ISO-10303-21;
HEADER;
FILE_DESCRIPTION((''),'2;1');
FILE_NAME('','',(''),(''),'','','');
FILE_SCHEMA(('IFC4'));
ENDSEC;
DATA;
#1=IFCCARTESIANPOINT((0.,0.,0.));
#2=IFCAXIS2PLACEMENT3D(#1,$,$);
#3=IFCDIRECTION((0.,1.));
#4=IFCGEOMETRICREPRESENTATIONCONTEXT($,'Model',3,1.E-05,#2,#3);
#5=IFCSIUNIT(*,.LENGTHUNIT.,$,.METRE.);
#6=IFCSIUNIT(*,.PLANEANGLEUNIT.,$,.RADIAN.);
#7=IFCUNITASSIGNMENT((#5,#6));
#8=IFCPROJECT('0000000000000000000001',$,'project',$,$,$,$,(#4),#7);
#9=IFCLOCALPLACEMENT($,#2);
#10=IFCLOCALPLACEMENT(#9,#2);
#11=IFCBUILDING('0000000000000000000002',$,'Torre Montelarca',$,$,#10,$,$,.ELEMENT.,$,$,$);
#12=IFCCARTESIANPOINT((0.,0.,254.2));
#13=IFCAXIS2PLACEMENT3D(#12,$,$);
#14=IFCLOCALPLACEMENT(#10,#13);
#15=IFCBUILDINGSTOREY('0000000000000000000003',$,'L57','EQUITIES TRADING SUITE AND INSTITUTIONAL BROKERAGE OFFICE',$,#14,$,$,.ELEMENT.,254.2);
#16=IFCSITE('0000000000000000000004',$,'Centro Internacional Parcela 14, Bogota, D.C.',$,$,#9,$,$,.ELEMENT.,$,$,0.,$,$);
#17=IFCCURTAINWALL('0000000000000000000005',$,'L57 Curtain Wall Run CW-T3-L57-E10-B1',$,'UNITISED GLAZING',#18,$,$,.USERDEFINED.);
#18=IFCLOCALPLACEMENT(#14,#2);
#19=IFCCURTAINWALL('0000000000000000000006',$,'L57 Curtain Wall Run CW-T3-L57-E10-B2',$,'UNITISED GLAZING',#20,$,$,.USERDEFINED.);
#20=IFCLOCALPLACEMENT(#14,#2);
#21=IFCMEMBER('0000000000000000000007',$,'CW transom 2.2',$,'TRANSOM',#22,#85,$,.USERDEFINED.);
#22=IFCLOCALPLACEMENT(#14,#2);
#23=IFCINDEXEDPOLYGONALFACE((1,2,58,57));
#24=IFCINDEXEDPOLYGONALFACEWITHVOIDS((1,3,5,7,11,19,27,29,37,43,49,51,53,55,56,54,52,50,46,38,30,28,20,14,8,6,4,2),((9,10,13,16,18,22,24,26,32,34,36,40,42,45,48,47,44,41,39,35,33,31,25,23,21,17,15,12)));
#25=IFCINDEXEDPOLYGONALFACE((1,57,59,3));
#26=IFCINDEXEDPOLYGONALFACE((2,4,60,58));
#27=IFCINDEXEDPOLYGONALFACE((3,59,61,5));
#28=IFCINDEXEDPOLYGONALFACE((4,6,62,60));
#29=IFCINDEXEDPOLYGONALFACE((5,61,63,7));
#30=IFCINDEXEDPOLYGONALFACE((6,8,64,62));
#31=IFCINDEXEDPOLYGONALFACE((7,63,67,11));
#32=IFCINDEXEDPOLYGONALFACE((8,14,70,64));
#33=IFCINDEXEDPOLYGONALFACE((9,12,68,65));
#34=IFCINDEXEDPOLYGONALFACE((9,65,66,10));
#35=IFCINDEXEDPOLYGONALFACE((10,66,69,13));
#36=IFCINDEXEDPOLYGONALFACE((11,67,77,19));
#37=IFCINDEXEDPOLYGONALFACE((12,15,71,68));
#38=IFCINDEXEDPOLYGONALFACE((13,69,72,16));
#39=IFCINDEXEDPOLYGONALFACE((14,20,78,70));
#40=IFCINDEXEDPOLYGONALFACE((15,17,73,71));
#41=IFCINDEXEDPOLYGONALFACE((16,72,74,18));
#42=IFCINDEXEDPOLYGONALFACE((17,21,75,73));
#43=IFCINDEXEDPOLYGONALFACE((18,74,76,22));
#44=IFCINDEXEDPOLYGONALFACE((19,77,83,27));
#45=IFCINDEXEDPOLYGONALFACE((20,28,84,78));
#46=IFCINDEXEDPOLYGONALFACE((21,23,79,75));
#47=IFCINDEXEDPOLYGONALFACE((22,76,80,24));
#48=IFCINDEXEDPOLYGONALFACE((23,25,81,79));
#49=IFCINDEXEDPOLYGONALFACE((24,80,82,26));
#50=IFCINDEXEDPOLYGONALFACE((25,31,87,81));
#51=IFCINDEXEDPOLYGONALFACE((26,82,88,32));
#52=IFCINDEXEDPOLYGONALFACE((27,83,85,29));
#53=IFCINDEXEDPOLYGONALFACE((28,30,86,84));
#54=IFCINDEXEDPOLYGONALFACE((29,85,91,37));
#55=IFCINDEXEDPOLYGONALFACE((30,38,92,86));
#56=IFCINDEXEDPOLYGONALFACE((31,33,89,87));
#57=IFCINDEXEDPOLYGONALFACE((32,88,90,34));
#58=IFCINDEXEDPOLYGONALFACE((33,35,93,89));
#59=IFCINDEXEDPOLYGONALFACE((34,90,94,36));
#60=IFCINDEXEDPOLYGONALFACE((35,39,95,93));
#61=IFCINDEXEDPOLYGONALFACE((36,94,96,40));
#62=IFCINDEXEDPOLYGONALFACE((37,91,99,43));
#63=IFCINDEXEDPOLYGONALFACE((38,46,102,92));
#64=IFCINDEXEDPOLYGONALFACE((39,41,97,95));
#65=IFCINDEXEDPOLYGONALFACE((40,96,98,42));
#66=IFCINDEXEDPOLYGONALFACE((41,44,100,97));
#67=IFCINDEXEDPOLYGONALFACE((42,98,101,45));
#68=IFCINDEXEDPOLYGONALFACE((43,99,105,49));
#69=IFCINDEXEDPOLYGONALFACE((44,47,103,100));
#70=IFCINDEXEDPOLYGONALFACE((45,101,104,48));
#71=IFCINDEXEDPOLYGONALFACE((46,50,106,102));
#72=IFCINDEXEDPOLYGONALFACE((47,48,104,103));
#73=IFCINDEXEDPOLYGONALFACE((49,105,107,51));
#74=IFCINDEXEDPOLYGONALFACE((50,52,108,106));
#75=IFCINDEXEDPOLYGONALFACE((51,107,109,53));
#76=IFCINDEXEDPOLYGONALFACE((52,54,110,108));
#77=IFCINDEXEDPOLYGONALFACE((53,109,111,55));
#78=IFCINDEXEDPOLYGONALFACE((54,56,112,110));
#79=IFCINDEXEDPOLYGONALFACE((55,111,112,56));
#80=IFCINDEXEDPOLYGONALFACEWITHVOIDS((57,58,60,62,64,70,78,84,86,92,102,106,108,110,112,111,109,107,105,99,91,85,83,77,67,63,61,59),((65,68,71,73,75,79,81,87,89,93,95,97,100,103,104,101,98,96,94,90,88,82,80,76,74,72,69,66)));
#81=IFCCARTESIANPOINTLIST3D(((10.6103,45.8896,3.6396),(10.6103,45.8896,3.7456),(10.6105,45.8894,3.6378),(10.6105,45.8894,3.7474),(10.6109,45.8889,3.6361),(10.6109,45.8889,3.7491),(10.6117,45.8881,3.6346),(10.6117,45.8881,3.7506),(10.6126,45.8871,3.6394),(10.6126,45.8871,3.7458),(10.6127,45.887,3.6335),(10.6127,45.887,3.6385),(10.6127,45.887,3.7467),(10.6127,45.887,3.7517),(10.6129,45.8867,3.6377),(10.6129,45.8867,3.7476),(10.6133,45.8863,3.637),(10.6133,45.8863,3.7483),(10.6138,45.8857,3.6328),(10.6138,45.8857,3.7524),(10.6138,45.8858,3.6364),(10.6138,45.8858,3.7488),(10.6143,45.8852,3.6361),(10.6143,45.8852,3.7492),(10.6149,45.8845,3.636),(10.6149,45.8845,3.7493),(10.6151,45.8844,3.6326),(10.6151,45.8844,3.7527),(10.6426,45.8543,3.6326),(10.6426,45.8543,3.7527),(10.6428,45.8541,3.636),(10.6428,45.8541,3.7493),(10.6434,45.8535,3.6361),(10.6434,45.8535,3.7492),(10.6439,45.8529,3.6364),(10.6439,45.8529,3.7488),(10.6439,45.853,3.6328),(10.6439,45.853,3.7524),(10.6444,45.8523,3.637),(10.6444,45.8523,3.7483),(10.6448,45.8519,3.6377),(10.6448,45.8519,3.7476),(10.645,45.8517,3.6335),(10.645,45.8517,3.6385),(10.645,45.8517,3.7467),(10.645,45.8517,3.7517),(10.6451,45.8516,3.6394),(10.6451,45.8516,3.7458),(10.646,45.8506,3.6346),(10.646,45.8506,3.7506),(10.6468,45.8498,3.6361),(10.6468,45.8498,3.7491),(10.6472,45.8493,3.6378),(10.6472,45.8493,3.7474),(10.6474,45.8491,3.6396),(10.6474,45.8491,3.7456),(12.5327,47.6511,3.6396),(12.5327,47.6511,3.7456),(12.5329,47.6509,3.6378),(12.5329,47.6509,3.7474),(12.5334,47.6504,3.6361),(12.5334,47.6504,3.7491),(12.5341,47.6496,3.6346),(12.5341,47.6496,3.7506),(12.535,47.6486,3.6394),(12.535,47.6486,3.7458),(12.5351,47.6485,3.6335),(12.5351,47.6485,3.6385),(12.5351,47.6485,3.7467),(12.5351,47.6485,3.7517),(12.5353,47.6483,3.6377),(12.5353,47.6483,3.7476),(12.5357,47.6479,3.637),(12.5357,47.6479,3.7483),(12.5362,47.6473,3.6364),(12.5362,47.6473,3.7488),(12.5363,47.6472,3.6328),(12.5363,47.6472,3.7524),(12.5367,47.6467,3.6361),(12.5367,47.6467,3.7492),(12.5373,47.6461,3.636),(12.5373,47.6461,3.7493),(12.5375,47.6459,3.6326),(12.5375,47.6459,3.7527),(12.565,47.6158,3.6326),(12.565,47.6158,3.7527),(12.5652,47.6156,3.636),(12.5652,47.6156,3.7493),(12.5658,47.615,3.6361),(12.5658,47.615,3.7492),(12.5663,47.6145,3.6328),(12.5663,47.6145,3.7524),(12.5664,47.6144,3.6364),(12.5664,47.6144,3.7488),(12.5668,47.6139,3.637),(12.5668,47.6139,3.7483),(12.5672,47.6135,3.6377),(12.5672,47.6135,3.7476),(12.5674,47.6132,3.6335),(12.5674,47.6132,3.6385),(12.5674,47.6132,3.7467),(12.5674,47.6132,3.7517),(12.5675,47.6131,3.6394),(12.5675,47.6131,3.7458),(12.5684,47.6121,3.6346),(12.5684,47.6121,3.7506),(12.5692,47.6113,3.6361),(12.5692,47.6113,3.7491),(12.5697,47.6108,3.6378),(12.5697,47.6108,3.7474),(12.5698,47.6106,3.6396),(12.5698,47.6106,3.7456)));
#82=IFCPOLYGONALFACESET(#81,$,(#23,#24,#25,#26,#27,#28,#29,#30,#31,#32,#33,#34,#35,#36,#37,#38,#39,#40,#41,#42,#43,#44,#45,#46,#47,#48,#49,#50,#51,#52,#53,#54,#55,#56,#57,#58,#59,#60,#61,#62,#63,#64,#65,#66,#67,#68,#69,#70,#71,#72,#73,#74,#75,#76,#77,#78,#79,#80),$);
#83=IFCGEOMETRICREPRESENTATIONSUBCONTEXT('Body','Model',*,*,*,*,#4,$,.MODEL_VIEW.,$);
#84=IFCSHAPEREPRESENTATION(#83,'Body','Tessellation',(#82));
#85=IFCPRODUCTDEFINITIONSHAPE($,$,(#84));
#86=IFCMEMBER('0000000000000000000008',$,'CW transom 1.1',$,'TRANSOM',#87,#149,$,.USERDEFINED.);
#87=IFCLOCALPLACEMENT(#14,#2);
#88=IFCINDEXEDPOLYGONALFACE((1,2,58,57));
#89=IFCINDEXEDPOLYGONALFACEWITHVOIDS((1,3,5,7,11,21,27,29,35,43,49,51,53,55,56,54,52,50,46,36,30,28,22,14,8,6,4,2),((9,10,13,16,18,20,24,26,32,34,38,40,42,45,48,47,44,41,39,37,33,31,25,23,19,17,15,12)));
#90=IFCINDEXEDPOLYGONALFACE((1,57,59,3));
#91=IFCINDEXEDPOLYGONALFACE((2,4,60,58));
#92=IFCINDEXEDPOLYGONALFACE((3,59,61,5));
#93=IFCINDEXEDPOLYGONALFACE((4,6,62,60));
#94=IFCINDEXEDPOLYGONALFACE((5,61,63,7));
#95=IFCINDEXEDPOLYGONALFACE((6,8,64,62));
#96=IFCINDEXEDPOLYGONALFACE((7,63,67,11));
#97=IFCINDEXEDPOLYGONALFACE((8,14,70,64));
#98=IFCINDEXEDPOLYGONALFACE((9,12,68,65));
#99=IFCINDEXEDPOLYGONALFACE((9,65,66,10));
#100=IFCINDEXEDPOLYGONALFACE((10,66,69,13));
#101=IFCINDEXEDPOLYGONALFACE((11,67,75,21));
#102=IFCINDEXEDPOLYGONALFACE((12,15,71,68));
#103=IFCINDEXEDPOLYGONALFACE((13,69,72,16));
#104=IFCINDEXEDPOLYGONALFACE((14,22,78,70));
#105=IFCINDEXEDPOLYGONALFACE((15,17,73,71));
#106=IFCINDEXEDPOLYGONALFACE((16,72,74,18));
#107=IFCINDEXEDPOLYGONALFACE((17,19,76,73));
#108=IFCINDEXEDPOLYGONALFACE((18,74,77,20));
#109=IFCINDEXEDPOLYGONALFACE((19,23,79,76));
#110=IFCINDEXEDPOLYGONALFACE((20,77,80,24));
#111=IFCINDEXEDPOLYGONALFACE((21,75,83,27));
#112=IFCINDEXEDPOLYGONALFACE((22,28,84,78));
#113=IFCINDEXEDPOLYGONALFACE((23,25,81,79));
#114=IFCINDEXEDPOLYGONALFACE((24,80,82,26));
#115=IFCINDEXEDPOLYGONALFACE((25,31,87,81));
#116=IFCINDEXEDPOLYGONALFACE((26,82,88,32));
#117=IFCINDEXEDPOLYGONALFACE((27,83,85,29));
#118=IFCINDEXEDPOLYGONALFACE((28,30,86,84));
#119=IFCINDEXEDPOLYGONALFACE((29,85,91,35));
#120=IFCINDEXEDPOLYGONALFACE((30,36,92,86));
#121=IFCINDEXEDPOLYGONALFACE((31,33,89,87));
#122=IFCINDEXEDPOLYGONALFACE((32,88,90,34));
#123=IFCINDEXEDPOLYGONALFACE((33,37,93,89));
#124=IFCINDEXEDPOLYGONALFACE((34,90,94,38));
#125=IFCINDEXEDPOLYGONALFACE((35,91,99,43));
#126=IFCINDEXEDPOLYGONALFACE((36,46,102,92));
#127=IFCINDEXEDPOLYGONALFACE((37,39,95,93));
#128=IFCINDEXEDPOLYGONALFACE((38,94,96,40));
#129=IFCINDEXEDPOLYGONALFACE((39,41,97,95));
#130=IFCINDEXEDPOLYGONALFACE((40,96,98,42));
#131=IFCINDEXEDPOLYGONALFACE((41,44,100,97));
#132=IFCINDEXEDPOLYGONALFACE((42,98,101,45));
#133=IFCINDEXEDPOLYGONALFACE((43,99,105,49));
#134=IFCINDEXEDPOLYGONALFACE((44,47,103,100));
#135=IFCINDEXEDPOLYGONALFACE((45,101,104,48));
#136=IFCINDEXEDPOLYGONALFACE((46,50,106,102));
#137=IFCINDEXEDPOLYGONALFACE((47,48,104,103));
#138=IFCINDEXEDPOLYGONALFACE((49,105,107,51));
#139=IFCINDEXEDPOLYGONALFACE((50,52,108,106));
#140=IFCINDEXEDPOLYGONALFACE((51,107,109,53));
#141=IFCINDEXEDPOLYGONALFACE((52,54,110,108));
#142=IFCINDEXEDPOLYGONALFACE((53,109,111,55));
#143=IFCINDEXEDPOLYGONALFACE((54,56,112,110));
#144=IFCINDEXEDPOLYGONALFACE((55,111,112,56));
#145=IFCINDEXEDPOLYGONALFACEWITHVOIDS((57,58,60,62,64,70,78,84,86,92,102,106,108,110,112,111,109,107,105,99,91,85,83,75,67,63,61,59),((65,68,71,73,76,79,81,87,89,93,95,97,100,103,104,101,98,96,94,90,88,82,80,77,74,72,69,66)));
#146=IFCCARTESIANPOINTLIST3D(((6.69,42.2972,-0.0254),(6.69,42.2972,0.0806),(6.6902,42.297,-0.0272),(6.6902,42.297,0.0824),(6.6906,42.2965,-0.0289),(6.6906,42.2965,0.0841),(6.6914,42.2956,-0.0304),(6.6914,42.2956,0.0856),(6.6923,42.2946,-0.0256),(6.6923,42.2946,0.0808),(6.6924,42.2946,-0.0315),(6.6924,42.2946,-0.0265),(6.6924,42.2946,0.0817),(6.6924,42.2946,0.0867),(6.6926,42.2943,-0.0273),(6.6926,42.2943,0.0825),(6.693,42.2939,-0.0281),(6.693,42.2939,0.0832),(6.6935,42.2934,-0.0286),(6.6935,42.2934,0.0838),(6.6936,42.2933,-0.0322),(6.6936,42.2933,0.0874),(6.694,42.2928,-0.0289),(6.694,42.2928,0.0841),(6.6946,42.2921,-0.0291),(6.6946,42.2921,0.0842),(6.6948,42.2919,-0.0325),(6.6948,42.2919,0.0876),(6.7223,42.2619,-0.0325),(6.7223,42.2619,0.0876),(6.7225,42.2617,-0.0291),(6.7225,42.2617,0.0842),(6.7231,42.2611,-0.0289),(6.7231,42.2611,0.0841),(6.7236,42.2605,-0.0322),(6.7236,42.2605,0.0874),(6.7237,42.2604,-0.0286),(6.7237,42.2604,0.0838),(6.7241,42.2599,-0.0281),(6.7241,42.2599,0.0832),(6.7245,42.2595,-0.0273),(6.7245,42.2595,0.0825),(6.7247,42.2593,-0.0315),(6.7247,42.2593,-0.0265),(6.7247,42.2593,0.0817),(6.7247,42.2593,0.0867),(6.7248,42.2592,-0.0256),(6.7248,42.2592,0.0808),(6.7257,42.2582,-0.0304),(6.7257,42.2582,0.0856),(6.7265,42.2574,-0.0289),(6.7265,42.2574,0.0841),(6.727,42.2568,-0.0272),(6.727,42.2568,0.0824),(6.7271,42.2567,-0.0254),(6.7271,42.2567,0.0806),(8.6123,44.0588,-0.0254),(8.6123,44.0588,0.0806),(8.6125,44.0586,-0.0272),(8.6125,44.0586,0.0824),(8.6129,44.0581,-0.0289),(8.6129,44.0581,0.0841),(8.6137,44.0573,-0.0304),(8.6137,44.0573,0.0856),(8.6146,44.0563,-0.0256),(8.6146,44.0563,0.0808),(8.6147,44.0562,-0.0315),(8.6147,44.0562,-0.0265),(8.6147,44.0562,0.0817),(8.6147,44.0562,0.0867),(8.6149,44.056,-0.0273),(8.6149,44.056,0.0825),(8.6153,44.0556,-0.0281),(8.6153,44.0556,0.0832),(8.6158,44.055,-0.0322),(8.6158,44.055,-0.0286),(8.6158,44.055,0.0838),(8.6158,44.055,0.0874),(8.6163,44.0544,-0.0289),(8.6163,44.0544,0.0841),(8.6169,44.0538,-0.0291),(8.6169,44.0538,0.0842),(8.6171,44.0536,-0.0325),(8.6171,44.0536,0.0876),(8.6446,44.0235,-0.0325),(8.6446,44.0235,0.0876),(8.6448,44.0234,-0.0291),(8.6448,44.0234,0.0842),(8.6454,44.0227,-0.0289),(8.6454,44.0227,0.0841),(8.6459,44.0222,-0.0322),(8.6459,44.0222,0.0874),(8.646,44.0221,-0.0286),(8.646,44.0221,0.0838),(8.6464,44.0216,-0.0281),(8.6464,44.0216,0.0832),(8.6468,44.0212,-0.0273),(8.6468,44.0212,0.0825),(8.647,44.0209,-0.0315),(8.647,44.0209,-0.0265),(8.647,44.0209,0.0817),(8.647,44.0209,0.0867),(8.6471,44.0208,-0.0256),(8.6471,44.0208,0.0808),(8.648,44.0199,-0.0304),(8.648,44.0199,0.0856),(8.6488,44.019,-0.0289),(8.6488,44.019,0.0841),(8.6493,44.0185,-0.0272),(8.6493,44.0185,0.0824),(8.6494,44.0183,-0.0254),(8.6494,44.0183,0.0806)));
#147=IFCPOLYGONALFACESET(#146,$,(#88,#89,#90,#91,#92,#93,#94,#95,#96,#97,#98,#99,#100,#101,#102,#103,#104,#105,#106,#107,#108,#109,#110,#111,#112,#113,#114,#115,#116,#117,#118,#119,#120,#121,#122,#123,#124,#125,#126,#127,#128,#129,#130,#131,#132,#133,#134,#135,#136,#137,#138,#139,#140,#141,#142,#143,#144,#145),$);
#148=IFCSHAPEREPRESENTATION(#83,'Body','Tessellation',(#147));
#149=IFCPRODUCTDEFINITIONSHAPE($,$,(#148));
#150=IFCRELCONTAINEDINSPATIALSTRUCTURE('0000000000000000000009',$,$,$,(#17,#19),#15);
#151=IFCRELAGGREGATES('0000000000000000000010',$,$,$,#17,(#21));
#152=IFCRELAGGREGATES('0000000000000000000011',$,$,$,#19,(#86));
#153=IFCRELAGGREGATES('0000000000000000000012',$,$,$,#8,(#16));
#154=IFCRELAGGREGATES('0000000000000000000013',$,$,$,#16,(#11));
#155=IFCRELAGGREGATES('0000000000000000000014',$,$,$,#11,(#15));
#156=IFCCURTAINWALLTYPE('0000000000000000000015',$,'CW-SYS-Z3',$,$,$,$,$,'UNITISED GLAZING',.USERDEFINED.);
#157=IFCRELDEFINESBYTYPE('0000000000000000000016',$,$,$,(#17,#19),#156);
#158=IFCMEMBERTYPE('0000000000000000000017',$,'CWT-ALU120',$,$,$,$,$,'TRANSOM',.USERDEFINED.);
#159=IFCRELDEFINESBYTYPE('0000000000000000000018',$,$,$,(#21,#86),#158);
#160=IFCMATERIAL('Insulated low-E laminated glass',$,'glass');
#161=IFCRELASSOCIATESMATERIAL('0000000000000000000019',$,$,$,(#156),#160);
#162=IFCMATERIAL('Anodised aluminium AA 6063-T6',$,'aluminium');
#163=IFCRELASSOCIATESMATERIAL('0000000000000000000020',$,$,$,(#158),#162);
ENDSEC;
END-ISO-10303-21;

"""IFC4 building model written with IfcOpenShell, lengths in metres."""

from ifc_helpers import new_model, si_unit, direction, frame, origin, origin_2d, place, context, subcontext, project, spatial, hollow_rectangle, extrude, source, transform, mapped, material, material_profile, profile_set, type_object, element, aggregate, save


model = new_model("IFC4")

# Units and contexts
model_context = context("Model", 3, precision=1e-05, world=origin(), true_north=direction((0.0, 1.0)))
body_context = subcontext(model_context, "Body", "Model", "MODEL_VIEW")
ifc_project = project(units=[si_unit("LENGTHUNIT", "METRE"), si_unit("PLANEANGLEUNIT", "RADIAN")], contexts=[model_context])

# Site, building, storey
site_placement = place(None, origin())
site = spatial("IfcSite", under=ifc_project, at=site_placement, Name="Centro Internacional Parcela 14, Bogota, D.C.", CompositionType="ELEMENT", RefElevation=0.0)
building_placement = place(site_placement, origin())
building = spatial("IfcBuilding", under=site, at=building_placement, Name="Torre Montelarca", CompositionType="ELEMENT")
storey_placement = place(building_placement, frame((0.0, 0.0, 254.2)))
storey = spatial("IfcBuildingStorey", under=building, at=storey_placement, Name="L57", Description="EQUITIES TRADING SUITE AND INSTITUTIONAL BROKERAGE OFFICE", CompositionType="ELEMENT", Elevation=254.2)

# Curtain walls
ifc_material_1 = material(Name="Insulated low-E laminated glass", Category="glass")
curtain_wall_type = type_object("IfcCurtainWallType", Name="CW-SYS-Z3", ElementType="UNITISED GLAZING", PredefinedType="USERDEFINED", material=ifc_material_1)
curtain_wall_1_placement = place(storey_placement, origin())
curtain_wall_1 = element("IfcCurtainWall", 1, at=curtain_wall_1_placement, inside=storey, type_object=curtain_wall_type, Name="L57 Curtain Wall Run CW-T3-L57-E10-B1", ObjectType="UNITISED GLAZING", PredefinedType="USERDEFINED")
ifc_material_2 = material(Name="Anodised aluminium AA 6063-T6", Category="aluminium")
curtain_wall_2_placement = place(storey_placement, origin())
curtain_wall_2 = element("IfcCurtainWall", 2, at=curtain_wall_2_placement, inside=storey, type_object=curtain_wall_type, Name="L57 Curtain Wall Run CW-T3-L57-E10-B2", ObjectType="UNITISED GLAZING", PredefinedType="USERDEFINED")

# Members
ifc_material_profile_1 = material_profile(ifc_material_2, hollow_rectangle(XDim=0.0549, YDim=0.1201, WallThickness=0.0034, InnerFilletRadius=0.0034, OuterFilletRadius=0.0071, at=origin_2d()), Name="ALU55X120X3.5", Category="aluminium")
ifc_profile_set_1 = profile_set([ifc_material_profile_1], Name="Anodised aluminium AA 6063-T6")
member_type_1 = type_object("IfcMemberType", Name="CWT-ALU120", ElementType="TRANSOM", PredefinedType="USERDEFINED", material=ifc_profile_set_1)
shared_shape_1 = source(origin(), body_context, "Body", "SweptSolid", [
    extrude(hollow_rectangle(XDim=0.0549, YDim=0.1201, WallThickness=0.0034, InnerFilletRadius=0.0034, OuterFilletRadius=0.0071, at=origin_2d()), origin(), (0.0, 0.0, 1.0), 2.6074),
])
member_1_placement = place(storey_placement, frame((12.5513, 47.6309, 3.6926), z_axis=(-0.737286, -0.67558, 0.0), x_axis=(0.67558, -0.737286, 0.0)))
member_1 = element("IfcMember", 3, at=member_1_placement, type_object=member_type_1, Name="CW transom 2.2", ObjectType="TRANSOM", PredefinedType="USERDEFINED", context=body_context, shape_type="MappedRepresentation", body=[
    mapped(shared_shape_1, transform((0.0, 0.0, 0.0), scale=1.0)),
])
member_2_placement = place(storey_placement, frame((8.6309, 44.0386, 0.0276), z_axis=(-0.73724, -0.675631, 0.0), x_axis=(0.675631, -0.73724, 0.0)))
member_2 = element("IfcMember", 4, at=member_2_placement, type_object=member_type_1, Name="CW transom 1.1", ObjectType="TRANSOM", PredefinedType="USERDEFINED", context=body_context, shape_type="MappedRepresentation", body=[
    mapped(shared_shape_1, transform((0.0, 0.0, 0.0), scale=1.0)),
])

aggregate(curtain_wall_1, [member_1])
aggregate(curtain_wall_2, [member_2])

save(model, "model.ifc")
